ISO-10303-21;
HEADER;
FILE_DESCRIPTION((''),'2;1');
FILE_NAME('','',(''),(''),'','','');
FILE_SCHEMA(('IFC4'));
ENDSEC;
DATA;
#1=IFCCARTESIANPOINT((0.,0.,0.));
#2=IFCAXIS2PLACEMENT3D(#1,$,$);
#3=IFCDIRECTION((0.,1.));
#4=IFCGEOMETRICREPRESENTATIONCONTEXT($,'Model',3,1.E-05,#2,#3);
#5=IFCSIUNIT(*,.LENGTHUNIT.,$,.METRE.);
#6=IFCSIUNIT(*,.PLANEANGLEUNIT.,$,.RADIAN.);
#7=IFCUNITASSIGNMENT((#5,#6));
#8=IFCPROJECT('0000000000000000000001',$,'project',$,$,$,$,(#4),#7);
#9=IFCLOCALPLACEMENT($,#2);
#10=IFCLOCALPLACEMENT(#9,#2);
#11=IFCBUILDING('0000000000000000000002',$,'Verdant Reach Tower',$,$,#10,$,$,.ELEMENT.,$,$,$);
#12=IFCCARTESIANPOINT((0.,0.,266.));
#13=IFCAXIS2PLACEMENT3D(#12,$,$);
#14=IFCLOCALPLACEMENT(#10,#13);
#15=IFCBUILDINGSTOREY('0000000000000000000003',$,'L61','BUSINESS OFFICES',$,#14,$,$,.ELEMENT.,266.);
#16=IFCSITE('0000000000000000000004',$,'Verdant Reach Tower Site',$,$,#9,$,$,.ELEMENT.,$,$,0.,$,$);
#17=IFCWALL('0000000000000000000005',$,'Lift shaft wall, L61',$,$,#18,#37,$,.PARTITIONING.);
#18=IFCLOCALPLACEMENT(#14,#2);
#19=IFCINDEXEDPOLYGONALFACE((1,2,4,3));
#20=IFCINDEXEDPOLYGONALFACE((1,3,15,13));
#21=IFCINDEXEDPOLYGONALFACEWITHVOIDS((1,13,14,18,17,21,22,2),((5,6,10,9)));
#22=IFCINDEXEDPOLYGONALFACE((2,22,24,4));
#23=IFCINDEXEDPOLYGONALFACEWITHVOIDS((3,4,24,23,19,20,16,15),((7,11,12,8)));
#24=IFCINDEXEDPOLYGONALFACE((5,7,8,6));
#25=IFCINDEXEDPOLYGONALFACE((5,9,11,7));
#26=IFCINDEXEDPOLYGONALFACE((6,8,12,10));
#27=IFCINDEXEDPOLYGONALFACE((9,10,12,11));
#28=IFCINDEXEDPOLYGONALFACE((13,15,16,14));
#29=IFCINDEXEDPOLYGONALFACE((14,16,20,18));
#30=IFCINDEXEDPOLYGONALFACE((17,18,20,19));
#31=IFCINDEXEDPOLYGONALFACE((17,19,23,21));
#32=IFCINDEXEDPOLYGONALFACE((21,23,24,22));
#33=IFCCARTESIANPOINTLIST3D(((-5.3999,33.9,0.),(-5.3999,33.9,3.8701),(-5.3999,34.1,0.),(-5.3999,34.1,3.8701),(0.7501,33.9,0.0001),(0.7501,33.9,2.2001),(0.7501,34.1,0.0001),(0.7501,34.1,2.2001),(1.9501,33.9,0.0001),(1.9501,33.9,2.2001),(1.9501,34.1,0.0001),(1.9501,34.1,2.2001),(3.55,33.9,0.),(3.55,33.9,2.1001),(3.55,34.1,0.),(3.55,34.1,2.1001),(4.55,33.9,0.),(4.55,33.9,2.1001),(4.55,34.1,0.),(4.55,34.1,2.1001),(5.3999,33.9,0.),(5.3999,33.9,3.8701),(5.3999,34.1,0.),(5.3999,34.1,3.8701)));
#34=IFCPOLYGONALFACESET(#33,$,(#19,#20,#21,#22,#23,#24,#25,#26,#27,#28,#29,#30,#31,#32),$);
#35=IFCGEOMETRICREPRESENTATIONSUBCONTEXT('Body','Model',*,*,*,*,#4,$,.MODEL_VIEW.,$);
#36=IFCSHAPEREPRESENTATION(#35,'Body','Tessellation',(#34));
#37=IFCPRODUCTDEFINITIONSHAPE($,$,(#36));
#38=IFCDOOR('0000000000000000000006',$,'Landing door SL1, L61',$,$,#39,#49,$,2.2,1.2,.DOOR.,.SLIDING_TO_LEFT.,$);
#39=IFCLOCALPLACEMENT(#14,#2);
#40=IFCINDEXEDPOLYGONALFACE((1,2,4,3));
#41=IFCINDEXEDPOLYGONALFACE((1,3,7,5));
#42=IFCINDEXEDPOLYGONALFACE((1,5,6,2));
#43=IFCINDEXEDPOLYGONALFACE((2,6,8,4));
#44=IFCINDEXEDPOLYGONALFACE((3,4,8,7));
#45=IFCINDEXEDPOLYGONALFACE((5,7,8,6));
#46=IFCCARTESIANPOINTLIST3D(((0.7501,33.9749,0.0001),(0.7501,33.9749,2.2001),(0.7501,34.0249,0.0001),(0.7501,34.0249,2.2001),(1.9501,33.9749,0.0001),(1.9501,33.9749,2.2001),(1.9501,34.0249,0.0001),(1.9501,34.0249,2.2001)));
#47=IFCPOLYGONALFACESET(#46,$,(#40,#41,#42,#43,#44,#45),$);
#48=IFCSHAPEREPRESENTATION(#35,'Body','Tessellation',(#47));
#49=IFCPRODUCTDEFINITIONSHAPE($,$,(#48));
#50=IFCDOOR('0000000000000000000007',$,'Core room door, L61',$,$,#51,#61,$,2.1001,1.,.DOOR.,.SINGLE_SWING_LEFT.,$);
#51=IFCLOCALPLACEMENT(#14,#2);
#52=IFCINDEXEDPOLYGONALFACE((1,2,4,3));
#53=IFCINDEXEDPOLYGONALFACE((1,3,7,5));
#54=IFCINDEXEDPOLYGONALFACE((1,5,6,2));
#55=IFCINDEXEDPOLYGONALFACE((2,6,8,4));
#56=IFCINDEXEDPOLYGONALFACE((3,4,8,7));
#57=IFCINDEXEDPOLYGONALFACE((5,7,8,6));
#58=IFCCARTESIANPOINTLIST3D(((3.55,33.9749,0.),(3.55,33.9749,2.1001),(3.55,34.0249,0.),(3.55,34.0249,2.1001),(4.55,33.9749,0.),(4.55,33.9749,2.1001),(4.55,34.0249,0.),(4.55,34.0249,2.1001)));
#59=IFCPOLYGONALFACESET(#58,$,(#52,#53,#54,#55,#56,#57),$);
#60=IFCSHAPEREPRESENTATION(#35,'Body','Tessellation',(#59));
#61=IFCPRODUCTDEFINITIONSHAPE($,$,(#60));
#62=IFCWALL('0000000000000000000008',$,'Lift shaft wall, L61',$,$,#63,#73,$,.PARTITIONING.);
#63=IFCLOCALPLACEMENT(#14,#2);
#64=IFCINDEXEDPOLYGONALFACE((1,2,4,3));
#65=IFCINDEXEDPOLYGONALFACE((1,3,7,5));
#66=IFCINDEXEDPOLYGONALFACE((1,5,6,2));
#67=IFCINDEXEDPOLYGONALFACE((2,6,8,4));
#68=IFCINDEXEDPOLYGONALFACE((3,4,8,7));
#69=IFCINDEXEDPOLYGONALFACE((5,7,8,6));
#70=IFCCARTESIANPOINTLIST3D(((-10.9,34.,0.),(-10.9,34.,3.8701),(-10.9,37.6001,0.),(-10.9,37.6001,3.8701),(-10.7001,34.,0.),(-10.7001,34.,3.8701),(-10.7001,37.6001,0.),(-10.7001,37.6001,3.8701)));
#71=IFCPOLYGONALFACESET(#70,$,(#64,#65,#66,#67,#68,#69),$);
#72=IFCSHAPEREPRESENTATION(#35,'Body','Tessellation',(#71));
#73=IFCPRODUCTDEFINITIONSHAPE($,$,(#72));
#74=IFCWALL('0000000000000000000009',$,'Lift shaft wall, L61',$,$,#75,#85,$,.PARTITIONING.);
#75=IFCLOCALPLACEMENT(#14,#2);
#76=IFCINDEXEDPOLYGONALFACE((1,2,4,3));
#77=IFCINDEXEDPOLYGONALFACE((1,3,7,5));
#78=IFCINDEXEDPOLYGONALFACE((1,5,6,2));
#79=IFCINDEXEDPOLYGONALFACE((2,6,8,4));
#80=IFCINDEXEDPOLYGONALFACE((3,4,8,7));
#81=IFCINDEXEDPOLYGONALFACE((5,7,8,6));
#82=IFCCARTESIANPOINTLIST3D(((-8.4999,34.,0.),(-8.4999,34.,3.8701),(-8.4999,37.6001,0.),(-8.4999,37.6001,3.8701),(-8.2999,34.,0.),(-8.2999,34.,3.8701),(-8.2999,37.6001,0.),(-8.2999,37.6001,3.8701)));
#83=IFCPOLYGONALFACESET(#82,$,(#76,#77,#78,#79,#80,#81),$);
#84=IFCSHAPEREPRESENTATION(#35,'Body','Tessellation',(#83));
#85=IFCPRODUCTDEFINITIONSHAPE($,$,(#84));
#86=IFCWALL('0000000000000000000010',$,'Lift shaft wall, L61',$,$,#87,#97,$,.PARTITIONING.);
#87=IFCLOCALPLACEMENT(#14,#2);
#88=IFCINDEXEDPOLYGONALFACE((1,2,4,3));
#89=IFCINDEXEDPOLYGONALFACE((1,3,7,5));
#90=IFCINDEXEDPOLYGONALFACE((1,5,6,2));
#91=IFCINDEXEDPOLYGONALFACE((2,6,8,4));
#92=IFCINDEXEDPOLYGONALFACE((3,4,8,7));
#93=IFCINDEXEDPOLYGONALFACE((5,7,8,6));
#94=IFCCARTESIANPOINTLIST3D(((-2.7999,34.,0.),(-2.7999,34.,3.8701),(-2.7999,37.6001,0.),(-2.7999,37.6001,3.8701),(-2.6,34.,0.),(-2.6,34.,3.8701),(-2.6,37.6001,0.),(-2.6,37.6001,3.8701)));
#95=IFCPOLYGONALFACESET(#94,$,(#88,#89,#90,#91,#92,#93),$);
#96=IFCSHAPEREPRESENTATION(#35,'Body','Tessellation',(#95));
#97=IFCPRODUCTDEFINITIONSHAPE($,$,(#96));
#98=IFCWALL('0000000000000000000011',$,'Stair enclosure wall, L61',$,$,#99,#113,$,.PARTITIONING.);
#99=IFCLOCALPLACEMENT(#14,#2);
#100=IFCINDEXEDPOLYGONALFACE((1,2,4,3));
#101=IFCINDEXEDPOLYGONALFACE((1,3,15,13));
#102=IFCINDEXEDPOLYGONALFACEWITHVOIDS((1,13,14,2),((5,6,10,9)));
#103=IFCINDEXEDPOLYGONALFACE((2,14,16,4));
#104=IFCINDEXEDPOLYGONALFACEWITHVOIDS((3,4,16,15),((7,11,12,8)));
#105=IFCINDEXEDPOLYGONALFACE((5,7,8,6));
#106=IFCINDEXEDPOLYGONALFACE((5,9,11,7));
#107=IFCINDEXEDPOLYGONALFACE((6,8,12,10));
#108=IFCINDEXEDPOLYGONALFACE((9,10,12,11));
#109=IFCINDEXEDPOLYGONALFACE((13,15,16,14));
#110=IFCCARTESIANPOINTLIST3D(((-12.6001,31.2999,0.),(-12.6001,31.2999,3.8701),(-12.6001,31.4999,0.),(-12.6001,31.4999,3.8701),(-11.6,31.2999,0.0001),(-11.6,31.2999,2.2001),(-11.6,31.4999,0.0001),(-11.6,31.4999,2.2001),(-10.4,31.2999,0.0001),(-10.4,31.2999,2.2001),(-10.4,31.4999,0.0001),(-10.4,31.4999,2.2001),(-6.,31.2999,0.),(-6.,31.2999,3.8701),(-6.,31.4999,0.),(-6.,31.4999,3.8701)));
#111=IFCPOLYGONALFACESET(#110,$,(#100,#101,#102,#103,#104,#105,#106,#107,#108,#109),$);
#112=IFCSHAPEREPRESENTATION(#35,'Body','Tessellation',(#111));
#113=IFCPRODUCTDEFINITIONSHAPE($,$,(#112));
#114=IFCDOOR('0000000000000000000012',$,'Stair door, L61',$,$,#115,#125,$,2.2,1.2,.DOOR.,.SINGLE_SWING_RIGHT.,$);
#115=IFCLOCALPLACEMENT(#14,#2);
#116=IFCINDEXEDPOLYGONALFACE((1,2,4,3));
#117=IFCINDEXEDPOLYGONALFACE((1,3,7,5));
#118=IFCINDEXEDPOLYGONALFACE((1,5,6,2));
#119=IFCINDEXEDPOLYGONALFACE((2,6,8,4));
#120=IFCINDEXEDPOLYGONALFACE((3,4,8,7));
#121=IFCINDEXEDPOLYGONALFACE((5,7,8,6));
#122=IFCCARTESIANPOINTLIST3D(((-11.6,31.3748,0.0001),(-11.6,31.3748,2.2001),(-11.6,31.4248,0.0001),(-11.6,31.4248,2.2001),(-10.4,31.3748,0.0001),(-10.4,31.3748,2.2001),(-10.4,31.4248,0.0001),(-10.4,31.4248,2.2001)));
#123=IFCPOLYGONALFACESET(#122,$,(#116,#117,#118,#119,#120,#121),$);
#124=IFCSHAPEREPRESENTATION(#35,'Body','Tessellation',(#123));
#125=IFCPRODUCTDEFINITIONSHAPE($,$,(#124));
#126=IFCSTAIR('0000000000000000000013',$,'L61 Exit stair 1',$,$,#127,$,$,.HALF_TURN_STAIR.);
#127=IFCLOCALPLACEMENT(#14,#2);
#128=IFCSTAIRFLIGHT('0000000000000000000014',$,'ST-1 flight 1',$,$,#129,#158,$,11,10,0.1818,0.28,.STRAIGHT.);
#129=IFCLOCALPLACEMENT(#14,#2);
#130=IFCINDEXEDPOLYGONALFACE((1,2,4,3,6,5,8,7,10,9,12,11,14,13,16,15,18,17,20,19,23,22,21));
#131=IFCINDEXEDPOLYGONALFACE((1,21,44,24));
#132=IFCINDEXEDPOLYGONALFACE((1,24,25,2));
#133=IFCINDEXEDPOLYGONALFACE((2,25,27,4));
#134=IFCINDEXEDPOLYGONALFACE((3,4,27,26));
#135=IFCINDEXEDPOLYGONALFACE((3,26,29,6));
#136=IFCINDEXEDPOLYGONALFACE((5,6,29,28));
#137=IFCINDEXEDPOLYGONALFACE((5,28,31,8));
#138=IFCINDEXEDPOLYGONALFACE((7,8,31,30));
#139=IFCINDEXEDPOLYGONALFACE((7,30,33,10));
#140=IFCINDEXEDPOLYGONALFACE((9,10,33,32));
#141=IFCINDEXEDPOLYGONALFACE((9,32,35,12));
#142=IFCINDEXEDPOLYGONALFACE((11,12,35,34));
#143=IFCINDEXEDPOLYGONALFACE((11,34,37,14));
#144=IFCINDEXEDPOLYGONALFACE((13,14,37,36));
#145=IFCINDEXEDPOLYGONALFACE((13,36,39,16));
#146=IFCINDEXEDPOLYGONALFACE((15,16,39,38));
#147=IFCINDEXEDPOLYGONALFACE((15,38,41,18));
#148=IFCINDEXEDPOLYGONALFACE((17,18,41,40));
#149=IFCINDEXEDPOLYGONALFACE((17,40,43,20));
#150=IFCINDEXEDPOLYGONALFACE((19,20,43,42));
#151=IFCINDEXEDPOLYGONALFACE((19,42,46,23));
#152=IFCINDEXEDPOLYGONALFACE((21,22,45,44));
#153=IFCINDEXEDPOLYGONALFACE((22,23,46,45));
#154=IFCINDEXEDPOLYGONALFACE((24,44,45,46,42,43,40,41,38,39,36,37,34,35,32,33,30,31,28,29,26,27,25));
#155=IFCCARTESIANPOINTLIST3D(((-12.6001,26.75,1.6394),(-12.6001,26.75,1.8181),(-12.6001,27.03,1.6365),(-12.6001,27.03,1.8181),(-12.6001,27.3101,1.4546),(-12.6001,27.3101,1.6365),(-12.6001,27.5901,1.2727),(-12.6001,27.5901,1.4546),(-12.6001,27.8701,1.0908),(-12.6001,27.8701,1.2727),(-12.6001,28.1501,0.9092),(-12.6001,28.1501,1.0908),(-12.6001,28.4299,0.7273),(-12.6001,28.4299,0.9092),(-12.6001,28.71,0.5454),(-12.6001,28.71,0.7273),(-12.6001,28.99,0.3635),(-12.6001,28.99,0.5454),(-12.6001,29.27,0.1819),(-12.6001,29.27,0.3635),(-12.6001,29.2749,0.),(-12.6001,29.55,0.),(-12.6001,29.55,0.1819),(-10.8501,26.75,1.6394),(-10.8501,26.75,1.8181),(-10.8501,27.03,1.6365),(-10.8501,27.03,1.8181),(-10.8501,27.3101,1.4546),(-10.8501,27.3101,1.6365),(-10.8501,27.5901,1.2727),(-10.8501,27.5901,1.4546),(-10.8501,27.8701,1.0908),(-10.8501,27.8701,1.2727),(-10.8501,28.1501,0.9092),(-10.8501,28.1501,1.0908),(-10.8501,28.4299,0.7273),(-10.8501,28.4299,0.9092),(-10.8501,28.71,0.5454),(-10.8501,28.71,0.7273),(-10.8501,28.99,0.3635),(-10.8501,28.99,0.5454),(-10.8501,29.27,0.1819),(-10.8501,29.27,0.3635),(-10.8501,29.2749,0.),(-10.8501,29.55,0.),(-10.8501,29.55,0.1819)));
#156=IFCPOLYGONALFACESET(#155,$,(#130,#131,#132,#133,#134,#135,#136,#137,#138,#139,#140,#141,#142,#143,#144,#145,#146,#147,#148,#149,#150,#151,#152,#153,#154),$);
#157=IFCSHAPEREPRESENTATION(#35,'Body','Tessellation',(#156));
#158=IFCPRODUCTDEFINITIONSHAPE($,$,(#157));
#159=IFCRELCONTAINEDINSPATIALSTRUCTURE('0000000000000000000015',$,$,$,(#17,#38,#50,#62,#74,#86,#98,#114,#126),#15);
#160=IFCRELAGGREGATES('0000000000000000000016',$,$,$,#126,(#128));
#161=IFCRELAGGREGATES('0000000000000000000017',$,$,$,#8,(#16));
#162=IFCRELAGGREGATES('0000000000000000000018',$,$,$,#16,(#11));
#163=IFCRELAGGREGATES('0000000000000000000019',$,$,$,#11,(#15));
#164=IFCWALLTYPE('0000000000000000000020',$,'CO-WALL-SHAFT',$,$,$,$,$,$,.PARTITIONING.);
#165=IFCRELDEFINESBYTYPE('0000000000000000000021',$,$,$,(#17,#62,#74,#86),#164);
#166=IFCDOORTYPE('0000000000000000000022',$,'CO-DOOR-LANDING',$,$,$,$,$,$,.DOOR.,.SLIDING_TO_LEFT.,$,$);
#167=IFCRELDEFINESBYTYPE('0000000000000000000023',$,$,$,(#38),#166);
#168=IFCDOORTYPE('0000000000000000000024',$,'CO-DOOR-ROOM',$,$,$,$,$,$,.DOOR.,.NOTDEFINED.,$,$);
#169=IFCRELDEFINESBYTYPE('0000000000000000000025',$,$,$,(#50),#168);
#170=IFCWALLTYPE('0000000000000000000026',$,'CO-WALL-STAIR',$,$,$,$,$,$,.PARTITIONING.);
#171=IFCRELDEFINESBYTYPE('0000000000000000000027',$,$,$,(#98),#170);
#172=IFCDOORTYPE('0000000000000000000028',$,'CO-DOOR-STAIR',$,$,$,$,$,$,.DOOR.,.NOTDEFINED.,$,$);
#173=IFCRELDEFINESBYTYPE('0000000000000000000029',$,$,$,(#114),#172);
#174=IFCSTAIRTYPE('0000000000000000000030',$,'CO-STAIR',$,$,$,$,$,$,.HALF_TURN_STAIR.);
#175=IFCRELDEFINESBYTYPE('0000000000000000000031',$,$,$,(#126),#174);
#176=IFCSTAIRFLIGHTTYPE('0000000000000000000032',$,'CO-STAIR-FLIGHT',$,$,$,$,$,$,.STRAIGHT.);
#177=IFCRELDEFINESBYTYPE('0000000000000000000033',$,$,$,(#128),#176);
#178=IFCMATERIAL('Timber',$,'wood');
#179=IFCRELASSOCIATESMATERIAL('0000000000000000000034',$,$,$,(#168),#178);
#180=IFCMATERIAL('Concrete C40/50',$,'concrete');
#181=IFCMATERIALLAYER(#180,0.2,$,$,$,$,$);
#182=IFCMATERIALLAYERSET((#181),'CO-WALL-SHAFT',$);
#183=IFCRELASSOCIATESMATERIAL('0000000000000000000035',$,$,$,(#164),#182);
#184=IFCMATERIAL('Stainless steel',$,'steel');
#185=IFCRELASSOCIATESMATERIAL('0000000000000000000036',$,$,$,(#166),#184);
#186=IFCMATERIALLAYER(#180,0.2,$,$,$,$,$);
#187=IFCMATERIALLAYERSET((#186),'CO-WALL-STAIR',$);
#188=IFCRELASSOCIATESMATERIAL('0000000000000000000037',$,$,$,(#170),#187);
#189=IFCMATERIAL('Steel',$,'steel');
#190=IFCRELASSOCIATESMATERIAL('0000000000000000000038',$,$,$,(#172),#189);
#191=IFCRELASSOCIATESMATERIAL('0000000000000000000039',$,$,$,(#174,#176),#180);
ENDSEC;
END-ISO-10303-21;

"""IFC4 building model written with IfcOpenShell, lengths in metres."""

from ifc_helpers import new_model, si_unit, direction, frame, frame_2d, origin, place, context, subcontext, project, spatial, polyline, rectangle, outline, extrude, material, layer, layer_set, type_object, element, fill, aggregate, save


model = new_model("IFC4")

# Units and contexts
model_context = context("Model", 3, precision=1e-05, world=origin(), true_north=direction((0.0, 1.0)))
body_context = subcontext(model_context, "Body", "Model", "MODEL_VIEW")
ifc_project = project(units=[si_unit("LENGTHUNIT", "METRE"), si_unit("PLANEANGLEUNIT", "RADIAN")], contexts=[model_context])

# Site, building, storey
site_placement = place(None, origin())
site = spatial("IfcSite", under=ifc_project, at=site_placement, Name="Verdant Reach Tower Site", CompositionType="ELEMENT", RefElevation=0.0)
building_placement = place(site_placement, origin())
building = spatial("IfcBuilding", under=site, at=building_placement, Name="Verdant Reach Tower", CompositionType="ELEMENT")
storey_placement = place(building_placement, frame((0.0, 0.0, 266.0)))
storey = spatial("IfcBuildingStorey", under=building, at=storey_placement, Name="L61", Description="BUSINESS OFFICES", CompositionType="ELEMENT", Elevation=266.0)

# Wall, openings, doors
ifc_material_1 = material(Name="Timber", Category="wood")
door_type_1 = type_object("IfcDoorType", Name="CO-DOOR-ROOM", OperationType="NOTDEFINED", PredefinedType="DOOR", material=ifc_material_1)
ifc_material_2 = material(Name="Concrete C40/50", Category="concrete")
ifc_layer_1 = layer(ifc_material_2, 0.2)
ifc_layer_set_1 = layer_set([ifc_layer_1], Name="CO-WALL-SHAFT")
wall_type_1 = type_object("IfcWallType", Name="CO-WALL-SHAFT", PredefinedType="PARTITIONING", material=ifc_layer_set_1)
ifc_material_3 = material(Name="Stainless steel", Category="steel")
ifc_material_4 = material(Name="Steel", Category="steel")
wall_1_placement = place(storey_placement, frame((-5.3999, 34.0, 0.0), z_axis=(0.0, 0.0, 1.0), x_axis=(1.0, 0.0, 0.0)))
wall_1 = element("IfcWall", 1, at=wall_1_placement, inside=storey, type_object=wall_type_1, Name="Lift shaft wall, L61", PredefinedType="PARTITIONING", context=body_context, shape_type="SweptSolid", body=[
    extrude(rectangle(XDim=10.7998, YDim=0.2, at=frame_2d((5.3999, 0.0))), origin(), (0.0, 0.0, 1.0), 3.8701),
])
opening_1_placement = place(wall_1_placement, frame((6.1499, 0.0, 0.0)))
opening_1 = element("IfcOpeningElement", 2, at=opening_1_placement, cuts=wall_1, PredefinedType="OPENING", context=body_context, shape_type="SweptSolid", body=[
    extrude(rectangle(XDim=1.2, YDim=2.2, at=frame_2d((0.6001, 1.1001))), frame((0.0, 0.1099, 0.0), z_axis=(0.0, -1.0, 0.0), x_axis=(1.0, 0.0, 0.0)), (0.0, 0.0, 1.0), 0.22),
])
opening_2_placement = place(wall_1_placement, frame((8.95, 0.0, 0.0)))
opening_2 = element("IfcOpeningElement", 3, at=opening_2_placement, cuts=wall_1, PredefinedType="OPENING", context=body_context, shape_type="SweptSolid", body=[
    extrude(rectangle(XDim=1.0, YDim=2.1001, at=frame_2d((0.5, 1.05))), frame((0.0, 0.1099, 0.0), z_axis=(0.0, -1.0, 0.0), x_axis=(1.0, 0.0, 0.0)), (0.0, 0.0, 1.0), 0.22),
])
door_type_2 = type_object("IfcDoorType", Name="CO-DOOR-LANDING", OperationType="SLIDING_TO_LEFT", PredefinedType="DOOR", material=ifc_material_3)
door_1_placement = place(opening_1_placement, origin())
door_1 = element("IfcDoor", 4, at=door_1_placement, inside=storey, type_object=door_type_2, Name="Landing door SL1, L61", OperationType="SLIDING_TO_LEFT", OverallHeight=2.2, OverallWidth=1.2, PredefinedType="DOOR", context=body_context, shape_type="SweptSolid", body=[
    extrude(rectangle(XDim=1.2, YDim=2.2, at=frame_2d((0.6001, 1.1001))), frame((0.0, 0.0249, 0.0), z_axis=(0.0, -1.0, 0.0), x_axis=(1.0, 0.0, 0.0)), (0.0, 0.0, 1.0), 0.05),
])
fill(opening_1, door_1)
door_2_placement = place(opening_2_placement, origin())
door_2 = element("IfcDoor", 5, at=door_2_placement, inside=storey, type_object=door_type_1, Name="Core room door, L61", OperationType="SINGLE_SWING_LEFT", OverallHeight=2.1001, OverallWidth=1.0, PredefinedType="DOOR", context=body_context, shape_type="SweptSolid", body=[
    extrude(rectangle(XDim=1.0, YDim=2.1001, at=frame_2d((0.5, 1.05))), frame((0.0, 0.0249, 0.0), z_axis=(0.0, -1.0, 0.0), x_axis=(1.0, 0.0, 0.0)), (0.0, 0.0, 1.0), 0.05),
])
fill(opening_2, door_2)

# Walls
for number, where, z_axis, x_axis, name in (
    (6, (-10.8, 34.0, 0.0), (0.0, 0.0, 1.0), (0.0, 1.0, 0.0), "Lift shaft wall, L61"),
    (7, (-8.3999, 34.0, 0.0), (0.0, 0.0, 1.0), (0.0, 1.0, 0.0), "Lift shaft wall, L61"),
    (8, (-2.7, 34.0, 0.0), (0.0, 0.0, 1.0), (0.0, 1.0, 0.0), "Lift shaft wall, L61"),
):
    element("IfcWall", number, at=place(storey_placement, frame(where, z_axis=z_axis, x_axis=x_axis)), inside=storey, type_object=wall_type_1, Name=name, PredefinedType="PARTITIONING", context=body_context, shape_type="SweptSolid", body=[
        extrude(rectangle(XDim=3.6001, YDim=0.2, at=frame_2d((1.8, 0.0))), origin(), (0.0, 0.0, 1.0), 3.8701),
    ])

# Wall, opening, door
ifc_layer_2 = layer(ifc_material_2, 0.2)
ifc_layer_set_2 = layer_set([ifc_layer_2], Name="CO-WALL-STAIR")
wall_type_2 = type_object("IfcWallType", Name="CO-WALL-STAIR", PredefinedType="PARTITIONING", material=ifc_layer_set_2)
wall_2_placement = place(storey_placement, frame((-12.6001, 31.3999, 0.0), z_axis=(0.0, 0.0, 1.0), x_axis=(1.0, 0.0, 0.0)))
wall_2 = element("IfcWall", 9, at=wall_2_placement, inside=storey, type_object=wall_type_2, Name="Stair enclosure wall, L61", PredefinedType="PARTITIONING", context=body_context, shape_type="SweptSolid", body=[
    extrude(rectangle(XDim=6.6001, YDim=0.2, at=frame_2d((3.3, 0.0))), origin(), (0.0, 0.0, 1.0), 3.8701),
])
opening_3_placement = place(wall_2_placement, frame((1.0, 0.0, 0.0)))
opening_3 = element("IfcOpeningElement", 10, at=opening_3_placement, cuts=wall_2, PredefinedType="OPENING", context=body_context, shape_type="SweptSolid", body=[
    extrude(rectangle(XDim=1.2, YDim=2.2, at=frame_2d((0.6001, 1.1001))), frame((0.0, 0.1099, 0.0), z_axis=(0.0, -1.0, 0.0), x_axis=(1.0, 0.0, 0.0)), (0.0, 0.0, 1.0), 0.22),
])
door_type_3 = type_object("IfcDoorType", Name="CO-DOOR-STAIR", OperationType="NOTDEFINED", PredefinedType="DOOR", material=ifc_material_4)
door_3_placement = place(opening_3_placement, origin())
door_3 = element("IfcDoor", 11, at=door_3_placement, inside=storey, type_object=door_type_3, Name="Stair door, L61", OperationType="SINGLE_SWING_RIGHT", OverallHeight=2.2, OverallWidth=1.2, PredefinedType="DOOR", context=body_context, shape_type="SweptSolid", body=[
    extrude(rectangle(XDim=1.2, YDim=2.2, at=frame_2d((0.6001, 1.1001))), frame((0.0, 0.0249, 0.0), z_axis=(0.0, -1.0, 0.0), x_axis=(1.0, 0.0, 0.0)), (0.0, 0.0, 1.0), 0.05),
])
fill(opening_3, door_3)

# Stair, stair flight
stair_type = type_object("IfcStairType", Name="CO-STAIR", PredefinedType="HALF_TURN_STAIR", material=ifc_material_2)
stair_placement = place(storey_placement, origin())
stair = element("IfcStair", 12, at=stair_placement, inside=storey, type_object=stair_type, Name="L61 Exit stair 1", PredefinedType="HALF_TURN_STAIR")
stair_flight_type = type_object("IfcStairFlightType", Name="CO-STAIR-FLIGHT", PredefinedType="STRAIGHT", material=ifc_material_2)
stair_flight_placement = place(storey_placement, frame((-11.7251, 29.55, 0.0), z_axis=(0.0, 0.0, 1.0), x_axis=(0.0, -1.0, 0.0)))
stair_flight = element("IfcStairFlight", 13, at=stair_flight_placement, type_object=stair_flight_type, Name="ST-1 flight 1", NumberOfRisers=11, NumberOfTreads=10, PredefinedType="STRAIGHT", RiserHeight=0.1818, TreadLength=0.28, context=body_context, shape_type="SweptSolid", body=[
    extrude(outline(polyline([(0.0, 0.0), (0.0, 0.1819), (0.28, 0.1819), (0.28, 0.3635), (0.5601, 0.3635), (0.5601, 0.5454), (0.8401, 0.5454), (0.8401, 0.7273), (1.1201, 0.7273), (1.1201, 0.9092), (1.3999, 0.9092), (1.3999, 1.0908), (1.6799, 1.0908), (1.6799, 1.2727), (1.96, 1.2727), (1.96, 1.4546), (2.24, 1.4546), (2.24, 1.6365), (2.52, 1.6365), (2.52, 1.8181), (2.8, 1.8181), (2.8, 2.0), (2.8, 1.6394), (0.2751, 0.0), (0.0, 0.0)])), frame((0.0, 0.875, 0.0), z_axis=(0.0, -1.0, 0.0), x_axis=(1.0, 0.0, 0.0)), (0.0, 0.0, 1.0), 1.75),
])
aggregate(stair, [stair_flight])

save(model, "model.ifc")
